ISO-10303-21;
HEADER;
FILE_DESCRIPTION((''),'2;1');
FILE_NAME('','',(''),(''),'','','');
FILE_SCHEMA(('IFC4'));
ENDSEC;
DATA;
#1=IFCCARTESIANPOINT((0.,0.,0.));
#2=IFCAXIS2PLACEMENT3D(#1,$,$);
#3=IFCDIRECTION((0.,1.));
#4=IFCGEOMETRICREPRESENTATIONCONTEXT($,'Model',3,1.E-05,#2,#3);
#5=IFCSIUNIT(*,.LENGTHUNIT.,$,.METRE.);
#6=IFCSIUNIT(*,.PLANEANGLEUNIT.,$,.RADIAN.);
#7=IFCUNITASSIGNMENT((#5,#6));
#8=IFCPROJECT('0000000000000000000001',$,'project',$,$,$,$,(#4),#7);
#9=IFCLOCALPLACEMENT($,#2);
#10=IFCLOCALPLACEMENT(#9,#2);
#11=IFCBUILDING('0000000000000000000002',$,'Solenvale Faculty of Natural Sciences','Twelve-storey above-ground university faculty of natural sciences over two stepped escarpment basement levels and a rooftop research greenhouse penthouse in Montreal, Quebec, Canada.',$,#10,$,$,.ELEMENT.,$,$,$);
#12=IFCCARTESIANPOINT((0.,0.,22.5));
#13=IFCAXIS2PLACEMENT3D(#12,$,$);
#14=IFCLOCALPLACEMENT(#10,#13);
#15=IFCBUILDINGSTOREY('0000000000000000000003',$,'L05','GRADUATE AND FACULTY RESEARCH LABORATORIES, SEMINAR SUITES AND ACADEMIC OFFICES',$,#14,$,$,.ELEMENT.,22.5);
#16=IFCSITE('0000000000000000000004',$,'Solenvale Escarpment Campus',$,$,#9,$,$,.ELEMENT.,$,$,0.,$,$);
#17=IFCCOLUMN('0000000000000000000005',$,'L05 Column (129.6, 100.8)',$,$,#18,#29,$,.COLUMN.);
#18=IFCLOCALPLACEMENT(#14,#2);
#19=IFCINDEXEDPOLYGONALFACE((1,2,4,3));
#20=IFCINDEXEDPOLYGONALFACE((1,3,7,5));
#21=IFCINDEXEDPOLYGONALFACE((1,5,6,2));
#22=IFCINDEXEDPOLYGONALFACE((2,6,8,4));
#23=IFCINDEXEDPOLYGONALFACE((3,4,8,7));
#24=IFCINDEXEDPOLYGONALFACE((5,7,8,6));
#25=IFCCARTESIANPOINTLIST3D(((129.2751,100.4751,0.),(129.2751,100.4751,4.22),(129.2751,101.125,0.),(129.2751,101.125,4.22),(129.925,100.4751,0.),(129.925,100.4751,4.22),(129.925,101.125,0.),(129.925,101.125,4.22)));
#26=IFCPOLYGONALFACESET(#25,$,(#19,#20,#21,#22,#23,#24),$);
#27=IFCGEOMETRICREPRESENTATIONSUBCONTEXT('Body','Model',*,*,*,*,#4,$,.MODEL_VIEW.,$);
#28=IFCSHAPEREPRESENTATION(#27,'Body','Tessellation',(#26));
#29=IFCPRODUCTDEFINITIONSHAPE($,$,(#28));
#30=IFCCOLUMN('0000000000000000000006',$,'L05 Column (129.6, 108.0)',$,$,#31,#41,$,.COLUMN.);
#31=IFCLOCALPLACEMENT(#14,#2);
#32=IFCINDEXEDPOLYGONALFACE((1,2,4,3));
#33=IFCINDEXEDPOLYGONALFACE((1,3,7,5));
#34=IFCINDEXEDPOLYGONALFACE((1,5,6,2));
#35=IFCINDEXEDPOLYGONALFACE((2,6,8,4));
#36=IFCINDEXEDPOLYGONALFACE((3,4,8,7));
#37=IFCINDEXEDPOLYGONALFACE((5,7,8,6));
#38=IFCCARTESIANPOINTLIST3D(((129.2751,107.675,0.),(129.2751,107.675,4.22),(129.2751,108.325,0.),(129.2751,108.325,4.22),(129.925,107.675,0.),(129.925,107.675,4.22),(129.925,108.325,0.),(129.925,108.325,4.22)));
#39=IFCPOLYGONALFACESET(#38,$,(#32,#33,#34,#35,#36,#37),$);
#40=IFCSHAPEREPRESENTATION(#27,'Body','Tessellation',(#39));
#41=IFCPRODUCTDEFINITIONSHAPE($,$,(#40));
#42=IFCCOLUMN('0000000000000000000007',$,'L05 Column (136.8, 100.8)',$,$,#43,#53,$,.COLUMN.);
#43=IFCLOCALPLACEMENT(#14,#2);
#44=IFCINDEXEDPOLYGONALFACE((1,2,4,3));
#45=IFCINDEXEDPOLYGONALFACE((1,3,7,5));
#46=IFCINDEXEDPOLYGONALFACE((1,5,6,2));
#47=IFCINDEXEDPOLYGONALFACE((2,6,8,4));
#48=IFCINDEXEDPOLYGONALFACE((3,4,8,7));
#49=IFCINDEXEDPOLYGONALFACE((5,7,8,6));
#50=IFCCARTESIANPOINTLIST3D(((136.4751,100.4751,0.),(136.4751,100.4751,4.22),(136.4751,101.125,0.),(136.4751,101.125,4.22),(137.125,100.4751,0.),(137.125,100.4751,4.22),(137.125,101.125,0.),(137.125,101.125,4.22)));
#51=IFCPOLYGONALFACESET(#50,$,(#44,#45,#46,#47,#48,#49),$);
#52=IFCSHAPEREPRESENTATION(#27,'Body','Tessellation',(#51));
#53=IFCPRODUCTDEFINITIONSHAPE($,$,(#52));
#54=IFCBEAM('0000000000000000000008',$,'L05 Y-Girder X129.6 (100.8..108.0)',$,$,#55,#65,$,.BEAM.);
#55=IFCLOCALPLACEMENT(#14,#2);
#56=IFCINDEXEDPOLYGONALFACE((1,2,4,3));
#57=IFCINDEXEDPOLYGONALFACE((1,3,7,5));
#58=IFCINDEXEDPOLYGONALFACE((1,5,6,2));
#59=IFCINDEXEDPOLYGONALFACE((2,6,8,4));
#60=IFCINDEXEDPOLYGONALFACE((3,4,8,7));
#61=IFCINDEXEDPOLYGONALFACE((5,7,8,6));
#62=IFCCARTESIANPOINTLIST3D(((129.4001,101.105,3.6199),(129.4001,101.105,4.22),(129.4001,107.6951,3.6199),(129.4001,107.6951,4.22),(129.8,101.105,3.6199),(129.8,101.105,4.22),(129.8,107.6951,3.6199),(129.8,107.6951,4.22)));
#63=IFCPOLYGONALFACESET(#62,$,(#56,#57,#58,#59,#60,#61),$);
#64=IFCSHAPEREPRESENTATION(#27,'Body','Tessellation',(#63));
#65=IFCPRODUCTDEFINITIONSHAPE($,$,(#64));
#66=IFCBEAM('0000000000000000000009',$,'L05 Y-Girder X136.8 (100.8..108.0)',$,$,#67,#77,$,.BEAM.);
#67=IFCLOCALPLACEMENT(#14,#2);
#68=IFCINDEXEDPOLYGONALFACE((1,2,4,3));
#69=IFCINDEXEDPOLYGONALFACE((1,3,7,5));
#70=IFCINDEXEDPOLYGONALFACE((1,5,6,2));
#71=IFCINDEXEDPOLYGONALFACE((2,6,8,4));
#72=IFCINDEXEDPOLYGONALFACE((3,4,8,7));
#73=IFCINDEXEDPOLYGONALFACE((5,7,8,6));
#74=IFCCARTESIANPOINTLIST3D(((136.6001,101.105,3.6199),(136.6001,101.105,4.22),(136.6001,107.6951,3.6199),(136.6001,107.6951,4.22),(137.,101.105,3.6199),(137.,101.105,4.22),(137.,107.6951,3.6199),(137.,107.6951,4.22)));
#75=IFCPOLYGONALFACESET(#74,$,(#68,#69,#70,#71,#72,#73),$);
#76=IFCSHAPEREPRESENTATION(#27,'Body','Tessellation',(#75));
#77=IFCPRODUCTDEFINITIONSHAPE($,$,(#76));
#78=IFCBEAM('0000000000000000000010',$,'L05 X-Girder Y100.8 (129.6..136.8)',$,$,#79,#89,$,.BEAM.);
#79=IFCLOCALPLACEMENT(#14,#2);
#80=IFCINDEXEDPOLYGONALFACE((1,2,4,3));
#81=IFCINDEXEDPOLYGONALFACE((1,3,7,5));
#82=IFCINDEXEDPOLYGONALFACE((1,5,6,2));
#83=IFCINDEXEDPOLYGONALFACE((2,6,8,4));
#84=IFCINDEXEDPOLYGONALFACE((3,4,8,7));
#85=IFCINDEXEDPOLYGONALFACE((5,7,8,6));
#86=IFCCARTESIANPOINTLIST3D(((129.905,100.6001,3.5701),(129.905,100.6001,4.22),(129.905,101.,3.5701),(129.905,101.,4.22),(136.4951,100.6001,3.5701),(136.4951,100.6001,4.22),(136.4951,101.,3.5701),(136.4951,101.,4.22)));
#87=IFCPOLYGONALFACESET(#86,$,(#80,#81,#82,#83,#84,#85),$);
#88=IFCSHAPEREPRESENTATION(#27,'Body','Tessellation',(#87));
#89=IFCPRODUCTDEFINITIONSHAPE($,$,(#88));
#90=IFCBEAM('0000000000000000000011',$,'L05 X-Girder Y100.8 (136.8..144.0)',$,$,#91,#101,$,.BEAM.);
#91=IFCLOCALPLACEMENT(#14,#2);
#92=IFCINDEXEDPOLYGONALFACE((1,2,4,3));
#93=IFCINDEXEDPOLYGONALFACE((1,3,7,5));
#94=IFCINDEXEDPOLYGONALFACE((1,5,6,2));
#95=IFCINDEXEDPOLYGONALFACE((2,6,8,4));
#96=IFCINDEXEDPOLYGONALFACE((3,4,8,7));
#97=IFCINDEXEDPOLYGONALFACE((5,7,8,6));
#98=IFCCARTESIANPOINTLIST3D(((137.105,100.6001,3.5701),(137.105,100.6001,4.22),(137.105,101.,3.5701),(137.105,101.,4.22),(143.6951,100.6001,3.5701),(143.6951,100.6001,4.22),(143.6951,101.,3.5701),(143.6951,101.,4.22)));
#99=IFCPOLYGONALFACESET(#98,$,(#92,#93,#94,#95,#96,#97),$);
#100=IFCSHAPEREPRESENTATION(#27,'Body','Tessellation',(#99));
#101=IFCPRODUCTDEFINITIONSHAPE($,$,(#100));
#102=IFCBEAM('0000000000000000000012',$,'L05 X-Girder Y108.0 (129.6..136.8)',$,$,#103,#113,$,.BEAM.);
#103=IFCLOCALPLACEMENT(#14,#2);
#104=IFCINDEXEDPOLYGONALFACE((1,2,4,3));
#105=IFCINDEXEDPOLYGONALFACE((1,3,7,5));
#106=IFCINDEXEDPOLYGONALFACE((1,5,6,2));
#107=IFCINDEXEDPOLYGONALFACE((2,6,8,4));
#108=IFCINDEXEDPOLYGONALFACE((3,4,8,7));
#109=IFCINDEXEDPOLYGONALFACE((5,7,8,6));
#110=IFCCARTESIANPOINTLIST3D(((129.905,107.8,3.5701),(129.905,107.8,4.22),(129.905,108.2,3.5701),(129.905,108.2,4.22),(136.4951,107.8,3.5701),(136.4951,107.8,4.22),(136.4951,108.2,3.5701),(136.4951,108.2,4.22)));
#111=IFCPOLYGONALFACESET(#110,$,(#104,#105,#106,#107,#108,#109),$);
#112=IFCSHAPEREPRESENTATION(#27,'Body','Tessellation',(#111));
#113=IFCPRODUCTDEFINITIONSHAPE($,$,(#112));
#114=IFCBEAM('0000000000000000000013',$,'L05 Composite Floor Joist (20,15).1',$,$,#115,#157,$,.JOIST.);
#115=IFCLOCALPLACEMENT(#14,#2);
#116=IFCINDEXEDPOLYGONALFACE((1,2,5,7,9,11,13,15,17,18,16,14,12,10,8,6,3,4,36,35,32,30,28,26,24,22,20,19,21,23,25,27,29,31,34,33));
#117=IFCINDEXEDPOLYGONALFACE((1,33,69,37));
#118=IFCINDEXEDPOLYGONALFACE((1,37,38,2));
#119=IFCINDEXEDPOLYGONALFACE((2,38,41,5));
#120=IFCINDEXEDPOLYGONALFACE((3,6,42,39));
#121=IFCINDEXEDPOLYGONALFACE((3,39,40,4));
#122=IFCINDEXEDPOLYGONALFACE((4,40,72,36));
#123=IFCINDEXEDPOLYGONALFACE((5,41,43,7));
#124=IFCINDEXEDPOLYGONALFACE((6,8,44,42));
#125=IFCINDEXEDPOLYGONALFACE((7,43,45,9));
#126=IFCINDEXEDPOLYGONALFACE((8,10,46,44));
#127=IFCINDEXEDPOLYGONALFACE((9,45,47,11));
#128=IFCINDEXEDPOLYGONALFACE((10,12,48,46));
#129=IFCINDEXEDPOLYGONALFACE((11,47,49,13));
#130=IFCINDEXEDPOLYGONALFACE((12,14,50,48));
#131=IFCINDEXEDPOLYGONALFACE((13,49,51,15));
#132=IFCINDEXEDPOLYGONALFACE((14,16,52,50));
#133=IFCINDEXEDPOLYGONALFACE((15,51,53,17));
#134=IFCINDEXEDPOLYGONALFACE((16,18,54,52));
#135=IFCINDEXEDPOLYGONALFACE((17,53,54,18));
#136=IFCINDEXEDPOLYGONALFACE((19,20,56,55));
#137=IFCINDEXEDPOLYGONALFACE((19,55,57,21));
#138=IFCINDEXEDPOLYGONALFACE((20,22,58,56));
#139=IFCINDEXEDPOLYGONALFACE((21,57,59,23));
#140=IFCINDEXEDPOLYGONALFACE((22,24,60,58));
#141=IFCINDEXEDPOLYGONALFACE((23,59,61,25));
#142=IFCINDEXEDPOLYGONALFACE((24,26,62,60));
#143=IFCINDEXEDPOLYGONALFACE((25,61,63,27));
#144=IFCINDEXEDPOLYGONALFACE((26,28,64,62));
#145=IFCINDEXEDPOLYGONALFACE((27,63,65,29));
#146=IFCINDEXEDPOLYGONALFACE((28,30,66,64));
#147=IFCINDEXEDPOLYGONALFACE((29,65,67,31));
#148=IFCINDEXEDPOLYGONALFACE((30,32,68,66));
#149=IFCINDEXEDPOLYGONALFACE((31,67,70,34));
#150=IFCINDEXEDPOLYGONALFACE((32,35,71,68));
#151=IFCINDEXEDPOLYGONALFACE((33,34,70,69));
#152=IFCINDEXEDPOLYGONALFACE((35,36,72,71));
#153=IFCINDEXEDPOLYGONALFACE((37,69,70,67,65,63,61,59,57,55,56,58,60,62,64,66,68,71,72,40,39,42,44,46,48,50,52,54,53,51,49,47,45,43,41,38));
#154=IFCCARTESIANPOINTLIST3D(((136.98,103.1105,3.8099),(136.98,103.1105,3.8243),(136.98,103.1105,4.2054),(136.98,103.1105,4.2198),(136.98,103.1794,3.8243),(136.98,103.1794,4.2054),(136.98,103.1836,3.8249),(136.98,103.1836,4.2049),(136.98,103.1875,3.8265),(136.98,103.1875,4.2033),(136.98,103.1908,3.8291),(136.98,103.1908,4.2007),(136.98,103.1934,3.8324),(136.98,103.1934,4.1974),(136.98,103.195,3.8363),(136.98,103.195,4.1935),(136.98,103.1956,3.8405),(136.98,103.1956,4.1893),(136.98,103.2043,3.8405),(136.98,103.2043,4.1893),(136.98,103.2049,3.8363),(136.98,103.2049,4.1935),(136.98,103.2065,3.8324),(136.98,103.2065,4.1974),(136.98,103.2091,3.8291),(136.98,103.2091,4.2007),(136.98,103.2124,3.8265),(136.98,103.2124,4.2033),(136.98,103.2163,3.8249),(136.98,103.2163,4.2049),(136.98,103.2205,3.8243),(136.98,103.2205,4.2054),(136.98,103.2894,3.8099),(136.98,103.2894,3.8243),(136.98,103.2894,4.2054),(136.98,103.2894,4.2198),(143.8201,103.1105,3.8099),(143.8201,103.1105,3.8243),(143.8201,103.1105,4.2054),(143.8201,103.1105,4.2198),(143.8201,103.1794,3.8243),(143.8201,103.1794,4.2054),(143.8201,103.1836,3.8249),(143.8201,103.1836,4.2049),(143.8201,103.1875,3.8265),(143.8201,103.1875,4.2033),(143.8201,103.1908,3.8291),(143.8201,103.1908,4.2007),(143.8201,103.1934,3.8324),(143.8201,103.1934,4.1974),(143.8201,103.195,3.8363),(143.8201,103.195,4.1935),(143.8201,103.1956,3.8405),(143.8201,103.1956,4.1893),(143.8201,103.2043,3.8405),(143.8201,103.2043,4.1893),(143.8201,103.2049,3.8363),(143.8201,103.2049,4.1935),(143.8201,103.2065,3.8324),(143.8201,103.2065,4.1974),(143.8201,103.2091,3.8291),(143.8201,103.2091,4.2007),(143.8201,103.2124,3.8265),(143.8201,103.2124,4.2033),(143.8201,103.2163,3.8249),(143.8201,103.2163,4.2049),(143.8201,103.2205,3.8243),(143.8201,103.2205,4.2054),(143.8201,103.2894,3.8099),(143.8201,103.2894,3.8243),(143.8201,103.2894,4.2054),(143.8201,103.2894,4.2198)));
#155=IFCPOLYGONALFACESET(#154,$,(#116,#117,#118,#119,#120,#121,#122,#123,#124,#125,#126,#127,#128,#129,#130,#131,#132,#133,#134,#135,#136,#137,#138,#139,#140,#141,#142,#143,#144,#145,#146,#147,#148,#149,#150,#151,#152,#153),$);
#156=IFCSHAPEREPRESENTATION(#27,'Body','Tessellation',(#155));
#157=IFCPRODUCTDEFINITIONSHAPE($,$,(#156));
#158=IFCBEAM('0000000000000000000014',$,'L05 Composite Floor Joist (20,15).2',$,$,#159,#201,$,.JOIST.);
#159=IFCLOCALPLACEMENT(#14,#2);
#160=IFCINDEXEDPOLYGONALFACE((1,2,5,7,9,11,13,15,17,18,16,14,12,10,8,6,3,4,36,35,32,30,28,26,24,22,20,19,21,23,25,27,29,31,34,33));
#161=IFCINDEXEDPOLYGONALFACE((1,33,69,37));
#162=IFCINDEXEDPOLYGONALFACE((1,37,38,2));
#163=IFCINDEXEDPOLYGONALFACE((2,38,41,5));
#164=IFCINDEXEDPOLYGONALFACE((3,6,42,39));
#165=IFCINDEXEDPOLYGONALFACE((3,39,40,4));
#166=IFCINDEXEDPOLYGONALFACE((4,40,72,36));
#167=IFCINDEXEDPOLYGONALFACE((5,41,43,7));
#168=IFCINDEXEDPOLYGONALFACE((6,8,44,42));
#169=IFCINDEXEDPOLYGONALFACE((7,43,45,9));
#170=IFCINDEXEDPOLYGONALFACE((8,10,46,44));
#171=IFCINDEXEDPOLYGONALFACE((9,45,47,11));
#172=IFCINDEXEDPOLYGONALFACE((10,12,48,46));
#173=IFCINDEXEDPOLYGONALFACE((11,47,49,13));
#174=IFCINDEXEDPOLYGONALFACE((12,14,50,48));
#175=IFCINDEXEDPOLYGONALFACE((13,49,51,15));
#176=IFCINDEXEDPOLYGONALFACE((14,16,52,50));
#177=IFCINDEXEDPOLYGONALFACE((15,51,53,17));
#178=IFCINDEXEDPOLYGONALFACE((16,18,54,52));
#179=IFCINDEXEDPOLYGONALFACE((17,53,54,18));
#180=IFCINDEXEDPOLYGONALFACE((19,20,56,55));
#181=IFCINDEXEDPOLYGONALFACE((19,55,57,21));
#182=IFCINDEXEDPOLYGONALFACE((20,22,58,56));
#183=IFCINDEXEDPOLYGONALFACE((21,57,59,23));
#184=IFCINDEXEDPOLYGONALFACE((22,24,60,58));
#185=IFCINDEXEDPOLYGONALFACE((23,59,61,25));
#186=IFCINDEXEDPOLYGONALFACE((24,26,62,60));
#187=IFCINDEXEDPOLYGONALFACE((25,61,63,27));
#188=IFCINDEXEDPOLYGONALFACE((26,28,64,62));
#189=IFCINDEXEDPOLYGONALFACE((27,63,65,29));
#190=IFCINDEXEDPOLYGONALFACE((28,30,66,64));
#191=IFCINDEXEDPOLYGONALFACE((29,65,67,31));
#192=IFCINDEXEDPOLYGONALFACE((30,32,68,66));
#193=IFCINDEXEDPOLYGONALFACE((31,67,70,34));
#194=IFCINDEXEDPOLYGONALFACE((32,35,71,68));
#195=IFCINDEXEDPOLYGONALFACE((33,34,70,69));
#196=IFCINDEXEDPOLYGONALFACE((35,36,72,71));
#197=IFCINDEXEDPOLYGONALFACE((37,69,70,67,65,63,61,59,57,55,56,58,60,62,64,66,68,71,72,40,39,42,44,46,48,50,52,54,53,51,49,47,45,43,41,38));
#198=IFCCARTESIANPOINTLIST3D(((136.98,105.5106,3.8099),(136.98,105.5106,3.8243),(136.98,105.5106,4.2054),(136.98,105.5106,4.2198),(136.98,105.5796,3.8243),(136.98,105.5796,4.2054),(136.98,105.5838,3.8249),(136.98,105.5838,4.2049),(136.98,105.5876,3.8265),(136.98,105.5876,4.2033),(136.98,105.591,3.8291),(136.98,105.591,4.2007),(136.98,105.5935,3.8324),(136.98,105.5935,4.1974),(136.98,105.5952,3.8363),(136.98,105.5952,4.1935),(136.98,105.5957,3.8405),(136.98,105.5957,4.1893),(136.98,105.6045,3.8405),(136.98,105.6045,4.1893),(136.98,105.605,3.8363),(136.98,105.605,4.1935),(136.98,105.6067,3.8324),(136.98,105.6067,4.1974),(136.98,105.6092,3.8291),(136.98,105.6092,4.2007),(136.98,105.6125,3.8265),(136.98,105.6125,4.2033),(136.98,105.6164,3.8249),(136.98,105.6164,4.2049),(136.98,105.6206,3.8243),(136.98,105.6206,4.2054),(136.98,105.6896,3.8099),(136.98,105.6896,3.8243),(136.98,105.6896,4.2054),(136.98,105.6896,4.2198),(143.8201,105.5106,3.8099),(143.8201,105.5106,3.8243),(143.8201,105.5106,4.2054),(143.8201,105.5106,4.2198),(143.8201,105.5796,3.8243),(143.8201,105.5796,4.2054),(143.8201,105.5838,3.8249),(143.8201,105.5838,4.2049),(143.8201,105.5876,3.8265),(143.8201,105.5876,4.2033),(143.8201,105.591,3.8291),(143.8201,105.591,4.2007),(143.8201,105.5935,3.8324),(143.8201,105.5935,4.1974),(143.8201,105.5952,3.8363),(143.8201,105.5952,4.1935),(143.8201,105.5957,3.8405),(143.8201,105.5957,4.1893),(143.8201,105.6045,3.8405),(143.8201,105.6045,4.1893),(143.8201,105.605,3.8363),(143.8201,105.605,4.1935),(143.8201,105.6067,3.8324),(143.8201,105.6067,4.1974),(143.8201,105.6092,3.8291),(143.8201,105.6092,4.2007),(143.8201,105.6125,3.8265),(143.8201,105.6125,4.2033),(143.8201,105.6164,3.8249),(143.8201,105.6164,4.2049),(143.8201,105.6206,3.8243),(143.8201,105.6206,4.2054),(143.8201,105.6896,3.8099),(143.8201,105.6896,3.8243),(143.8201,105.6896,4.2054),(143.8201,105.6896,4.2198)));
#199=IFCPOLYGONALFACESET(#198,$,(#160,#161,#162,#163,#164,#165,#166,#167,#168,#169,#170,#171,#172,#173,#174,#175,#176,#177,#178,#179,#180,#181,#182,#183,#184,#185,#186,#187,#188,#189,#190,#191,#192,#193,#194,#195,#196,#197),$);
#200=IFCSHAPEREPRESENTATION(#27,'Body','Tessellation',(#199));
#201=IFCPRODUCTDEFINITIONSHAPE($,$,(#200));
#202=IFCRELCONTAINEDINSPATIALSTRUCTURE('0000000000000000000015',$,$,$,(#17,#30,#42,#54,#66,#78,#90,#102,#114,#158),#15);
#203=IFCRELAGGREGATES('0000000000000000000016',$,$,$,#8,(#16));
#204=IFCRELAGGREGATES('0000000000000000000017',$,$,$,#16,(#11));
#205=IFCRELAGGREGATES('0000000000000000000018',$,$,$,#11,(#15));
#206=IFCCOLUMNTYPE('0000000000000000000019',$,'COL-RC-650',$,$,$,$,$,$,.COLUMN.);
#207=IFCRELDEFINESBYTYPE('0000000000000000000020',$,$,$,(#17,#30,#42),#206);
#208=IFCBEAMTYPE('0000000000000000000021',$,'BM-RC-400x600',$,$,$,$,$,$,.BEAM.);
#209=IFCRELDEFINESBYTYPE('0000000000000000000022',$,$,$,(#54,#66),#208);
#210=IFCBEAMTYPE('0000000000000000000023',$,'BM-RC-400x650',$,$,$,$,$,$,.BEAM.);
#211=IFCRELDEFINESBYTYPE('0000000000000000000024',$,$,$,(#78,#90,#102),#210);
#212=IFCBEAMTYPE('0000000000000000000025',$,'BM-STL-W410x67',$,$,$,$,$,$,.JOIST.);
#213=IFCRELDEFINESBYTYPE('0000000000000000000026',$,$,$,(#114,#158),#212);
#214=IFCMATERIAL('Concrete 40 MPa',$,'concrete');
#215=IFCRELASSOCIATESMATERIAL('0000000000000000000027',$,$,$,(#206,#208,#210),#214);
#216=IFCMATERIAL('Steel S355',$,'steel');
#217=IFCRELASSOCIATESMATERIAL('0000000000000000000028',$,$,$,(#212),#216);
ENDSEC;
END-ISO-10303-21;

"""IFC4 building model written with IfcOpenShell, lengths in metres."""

from ifc_helpers import new_model, si_unit, direction, frame, origin, origin_2d, place, context, subcontext, project, spatial, rectangle, i_section, extrude, material, material_profile, profile_set, type_object, element, save


model = new_model("IFC4")

# Units and contexts
model_context = context("Model", 3, precision=1e-05, world=origin(), true_north=direction((0.0, 1.0)))
body_context = subcontext(model_context, "Body", "Model", "MODEL_VIEW")
ifc_project = project(units=[si_unit("LENGTHUNIT", "METRE"), si_unit("PLANEANGLEUNIT", "RADIAN")], contexts=[model_context])

# Site, building, storey
site_placement = place(None, origin())
site = spatial("IfcSite", under=ifc_project, at=site_placement, Name="Solenvale Escarpment Campus", CompositionType="ELEMENT", RefElevation=0.0)
building_placement = place(site_placement, origin())
building = spatial("IfcBuilding", under=site, at=building_placement, Name="Solenvale Faculty of Natural Sciences", Description="Twelve-storey above-ground university faculty of natural sciences over two stepped escarpment basement levels and a rooftop research greenhouse penthouse in Montreal, Quebec, Canada.", CompositionType="ELEMENT")
storey_placement = place(building_placement, frame((0.0, 0.0, 22.5)))
storey = spatial("IfcBuildingStorey", under=building, at=storey_placement, Name="L05", Description="GRADUATE AND FACULTY RESEARCH LABORATORIES, SEMINAR SUITES AND ACADEMIC OFFICES", CompositionType="ELEMENT", Elevation=22.5)

# Columns
ifc_material_1 = material(Name="Concrete 40 MPa", Category="concrete")
ifc_material_profile_1 = material_profile(ifc_material_1, rectangle(XDim=0.6499, YDim=0.6499, at=origin_2d()), Name="RC-COL-650x650")
ifc_profile_set_1 = profile_set([ifc_material_profile_1], Name="Concrete 40 MPa")
column_type = type_object("IfcColumnType", Name="COL-RC-650", PredefinedType="COLUMN", material=ifc_profile_set_1)
for number, where, z_axis, x_axis, name in (
    (1, (129.6001, 100.8, 0.0), (0.0, 0.0, 1.0), (1.0, 0.0, 0.0), "L05 Column (129.6, 100.8)"),
    (2, (129.6001, 108.0, 0.0), (0.0, 0.0, 1.0), (1.0, 0.0, 0.0), "L05 Column (129.6, 108.0)"),
    (3, (136.8, 100.8, 0.0), (0.0, 0.0, 1.0), (1.0, 0.0, 0.0), "L05 Column (136.8, 100.8)"),
):
    element("IfcColumn", number, at=place(storey_placement, frame(where, z_axis=z_axis, x_axis=x_axis)), inside=storey, type_object=column_type, Name=name, PredefinedType="COLUMN", context=body_context, shape_type="SweptSolid", body=[
        extrude(rectangle(XDim=0.6499, YDim=0.6499, at=origin_2d()), origin(), (0.0, 0.0, 1.0), 4.22),
    ])

# Beams
ifc_material_profile_2 = material_profile(ifc_material_1, rectangle(XDim=0.3999, YDim=0.6001, at=origin_2d()), Name="RC-BM-400x600")
ifc_profile_set_2 = profile_set([ifc_material_profile_2], Name="Concrete 40 MPa")
beam_type_1 = type_object("IfcBeamType", Name="BM-RC-400x600", PredefinedType="BEAM", material=ifc_profile_set_2)
for number, where, z_axis, x_axis, name in (
    (4, (129.6001, 101.105, 3.9199), (0.0, 1.0, 0.0), (-1.0, 0.0, 0.0), "L05 Y-Girder X129.6 (100.8..108.0)"),
    (5, (136.8, 101.105, 3.9199), (0.0, 1.0, 0.0), (-1.0, 0.0, 0.0), "L05 Y-Girder X136.8 (100.8..108.0)"),
):
    element("IfcBeam", number, at=place(storey_placement, frame(where, z_axis=z_axis, x_axis=x_axis)), inside=storey, type_object=beam_type_1, Name=name, PredefinedType="BEAM", context=body_context, shape_type="SweptSolid", body=[
        extrude(rectangle(XDim=0.3999, YDim=0.6001, at=origin_2d()), origin(), (0.0, 0.0, 1.0), 6.5901),
    ])
ifc_material_profile_3 = material_profile(ifc_material_1, rectangle(XDim=0.3999, YDim=0.6499, at=origin_2d()), Name="RC-BM-400x650")
ifc_profile_set_3 = profile_set([ifc_material_profile_3], Name="Concrete 40 MPa")
beam_type_2 = type_object("IfcBeamType", Name="BM-RC-400x650", PredefinedType="BEAM", material=ifc_profile_set_3)
for number, where, z_axis, x_axis, name in (
    (6, (129.905, 100.8, 3.895), (1.0, 0.0, 0.0), (0.0, 1.0, 0.0), "L05 X-Girder Y100.8 (129.6..136.8)"),
    (7, (137.105, 100.8, 3.895), (1.0, 0.0, 0.0), (0.0, 1.0, 0.0), "L05 X-Girder Y100.8 (136.8..144.0)"),
    (8, (129.905, 108.0, 3.895), (1.0, 0.0, 0.0), (0.0, 1.0, 0.0), "L05 X-Girder Y108.0 (129.6..136.8)"),
):
    element("IfcBeam", number, at=place(storey_placement, frame(where, z_axis=z_axis, x_axis=x_axis)), inside=storey, type_object=beam_type_2, Name=name, PredefinedType="BEAM", context=body_context, shape_type="SweptSolid", body=[
        extrude(rectangle(XDim=0.3999, YDim=0.6499, at=origin_2d()), origin(), (0.0, 0.0, 1.0), 6.5901),
    ])
ifc_material_2 = material(Name="Steel S355", Category="steel")
ifc_material_profile_4 = material_profile(ifc_material_2, i_section(OverallWidth=0.179, OverallDepth=0.4099, WebThickness=0.0088, FlangeThickness=0.0144, FilletRadius=0.0161, at=origin_2d()), Name="W410x67")
ifc_profile_set_4 = profile_set([ifc_material_profile_4], Name="Steel S355")
beam_type_3 = type_object("IfcBeamType", Name="BM-STL-W410x67", PredefinedType="JOIST", material=ifc_profile_set_4)
for number, where, z_axis, x_axis, name in (
    (9, (136.98, 103.2, 4.0149), (1.0, 0.0, 0.0), (0.0, 1.0, 0.0), "L05 Composite Floor Joist (20,15).1"),
    (10, (136.98, 105.6001, 4.0149), (1.0, 0.0, 0.0), (0.0, 1.0, 0.0), "L05 Composite Floor Joist (20,15).2"),
):
    element("IfcBeam", number, at=place(storey_placement, frame(where, z_axis=z_axis, x_axis=x_axis)), inside=storey, type_object=beam_type_3, Name=name, PredefinedType="JOIST", context=body_context, shape_type="SweptSolid", body=[
        extrude(i_section(OverallWidth=0.179, OverallDepth=0.4099, WebThickness=0.0088, FlangeThickness=0.0144, FilletRadius=0.0161, at=origin_2d()), origin(), (0.0, 0.0, 1.0), 6.8401),
    ])

save(model, "model.ifc")
